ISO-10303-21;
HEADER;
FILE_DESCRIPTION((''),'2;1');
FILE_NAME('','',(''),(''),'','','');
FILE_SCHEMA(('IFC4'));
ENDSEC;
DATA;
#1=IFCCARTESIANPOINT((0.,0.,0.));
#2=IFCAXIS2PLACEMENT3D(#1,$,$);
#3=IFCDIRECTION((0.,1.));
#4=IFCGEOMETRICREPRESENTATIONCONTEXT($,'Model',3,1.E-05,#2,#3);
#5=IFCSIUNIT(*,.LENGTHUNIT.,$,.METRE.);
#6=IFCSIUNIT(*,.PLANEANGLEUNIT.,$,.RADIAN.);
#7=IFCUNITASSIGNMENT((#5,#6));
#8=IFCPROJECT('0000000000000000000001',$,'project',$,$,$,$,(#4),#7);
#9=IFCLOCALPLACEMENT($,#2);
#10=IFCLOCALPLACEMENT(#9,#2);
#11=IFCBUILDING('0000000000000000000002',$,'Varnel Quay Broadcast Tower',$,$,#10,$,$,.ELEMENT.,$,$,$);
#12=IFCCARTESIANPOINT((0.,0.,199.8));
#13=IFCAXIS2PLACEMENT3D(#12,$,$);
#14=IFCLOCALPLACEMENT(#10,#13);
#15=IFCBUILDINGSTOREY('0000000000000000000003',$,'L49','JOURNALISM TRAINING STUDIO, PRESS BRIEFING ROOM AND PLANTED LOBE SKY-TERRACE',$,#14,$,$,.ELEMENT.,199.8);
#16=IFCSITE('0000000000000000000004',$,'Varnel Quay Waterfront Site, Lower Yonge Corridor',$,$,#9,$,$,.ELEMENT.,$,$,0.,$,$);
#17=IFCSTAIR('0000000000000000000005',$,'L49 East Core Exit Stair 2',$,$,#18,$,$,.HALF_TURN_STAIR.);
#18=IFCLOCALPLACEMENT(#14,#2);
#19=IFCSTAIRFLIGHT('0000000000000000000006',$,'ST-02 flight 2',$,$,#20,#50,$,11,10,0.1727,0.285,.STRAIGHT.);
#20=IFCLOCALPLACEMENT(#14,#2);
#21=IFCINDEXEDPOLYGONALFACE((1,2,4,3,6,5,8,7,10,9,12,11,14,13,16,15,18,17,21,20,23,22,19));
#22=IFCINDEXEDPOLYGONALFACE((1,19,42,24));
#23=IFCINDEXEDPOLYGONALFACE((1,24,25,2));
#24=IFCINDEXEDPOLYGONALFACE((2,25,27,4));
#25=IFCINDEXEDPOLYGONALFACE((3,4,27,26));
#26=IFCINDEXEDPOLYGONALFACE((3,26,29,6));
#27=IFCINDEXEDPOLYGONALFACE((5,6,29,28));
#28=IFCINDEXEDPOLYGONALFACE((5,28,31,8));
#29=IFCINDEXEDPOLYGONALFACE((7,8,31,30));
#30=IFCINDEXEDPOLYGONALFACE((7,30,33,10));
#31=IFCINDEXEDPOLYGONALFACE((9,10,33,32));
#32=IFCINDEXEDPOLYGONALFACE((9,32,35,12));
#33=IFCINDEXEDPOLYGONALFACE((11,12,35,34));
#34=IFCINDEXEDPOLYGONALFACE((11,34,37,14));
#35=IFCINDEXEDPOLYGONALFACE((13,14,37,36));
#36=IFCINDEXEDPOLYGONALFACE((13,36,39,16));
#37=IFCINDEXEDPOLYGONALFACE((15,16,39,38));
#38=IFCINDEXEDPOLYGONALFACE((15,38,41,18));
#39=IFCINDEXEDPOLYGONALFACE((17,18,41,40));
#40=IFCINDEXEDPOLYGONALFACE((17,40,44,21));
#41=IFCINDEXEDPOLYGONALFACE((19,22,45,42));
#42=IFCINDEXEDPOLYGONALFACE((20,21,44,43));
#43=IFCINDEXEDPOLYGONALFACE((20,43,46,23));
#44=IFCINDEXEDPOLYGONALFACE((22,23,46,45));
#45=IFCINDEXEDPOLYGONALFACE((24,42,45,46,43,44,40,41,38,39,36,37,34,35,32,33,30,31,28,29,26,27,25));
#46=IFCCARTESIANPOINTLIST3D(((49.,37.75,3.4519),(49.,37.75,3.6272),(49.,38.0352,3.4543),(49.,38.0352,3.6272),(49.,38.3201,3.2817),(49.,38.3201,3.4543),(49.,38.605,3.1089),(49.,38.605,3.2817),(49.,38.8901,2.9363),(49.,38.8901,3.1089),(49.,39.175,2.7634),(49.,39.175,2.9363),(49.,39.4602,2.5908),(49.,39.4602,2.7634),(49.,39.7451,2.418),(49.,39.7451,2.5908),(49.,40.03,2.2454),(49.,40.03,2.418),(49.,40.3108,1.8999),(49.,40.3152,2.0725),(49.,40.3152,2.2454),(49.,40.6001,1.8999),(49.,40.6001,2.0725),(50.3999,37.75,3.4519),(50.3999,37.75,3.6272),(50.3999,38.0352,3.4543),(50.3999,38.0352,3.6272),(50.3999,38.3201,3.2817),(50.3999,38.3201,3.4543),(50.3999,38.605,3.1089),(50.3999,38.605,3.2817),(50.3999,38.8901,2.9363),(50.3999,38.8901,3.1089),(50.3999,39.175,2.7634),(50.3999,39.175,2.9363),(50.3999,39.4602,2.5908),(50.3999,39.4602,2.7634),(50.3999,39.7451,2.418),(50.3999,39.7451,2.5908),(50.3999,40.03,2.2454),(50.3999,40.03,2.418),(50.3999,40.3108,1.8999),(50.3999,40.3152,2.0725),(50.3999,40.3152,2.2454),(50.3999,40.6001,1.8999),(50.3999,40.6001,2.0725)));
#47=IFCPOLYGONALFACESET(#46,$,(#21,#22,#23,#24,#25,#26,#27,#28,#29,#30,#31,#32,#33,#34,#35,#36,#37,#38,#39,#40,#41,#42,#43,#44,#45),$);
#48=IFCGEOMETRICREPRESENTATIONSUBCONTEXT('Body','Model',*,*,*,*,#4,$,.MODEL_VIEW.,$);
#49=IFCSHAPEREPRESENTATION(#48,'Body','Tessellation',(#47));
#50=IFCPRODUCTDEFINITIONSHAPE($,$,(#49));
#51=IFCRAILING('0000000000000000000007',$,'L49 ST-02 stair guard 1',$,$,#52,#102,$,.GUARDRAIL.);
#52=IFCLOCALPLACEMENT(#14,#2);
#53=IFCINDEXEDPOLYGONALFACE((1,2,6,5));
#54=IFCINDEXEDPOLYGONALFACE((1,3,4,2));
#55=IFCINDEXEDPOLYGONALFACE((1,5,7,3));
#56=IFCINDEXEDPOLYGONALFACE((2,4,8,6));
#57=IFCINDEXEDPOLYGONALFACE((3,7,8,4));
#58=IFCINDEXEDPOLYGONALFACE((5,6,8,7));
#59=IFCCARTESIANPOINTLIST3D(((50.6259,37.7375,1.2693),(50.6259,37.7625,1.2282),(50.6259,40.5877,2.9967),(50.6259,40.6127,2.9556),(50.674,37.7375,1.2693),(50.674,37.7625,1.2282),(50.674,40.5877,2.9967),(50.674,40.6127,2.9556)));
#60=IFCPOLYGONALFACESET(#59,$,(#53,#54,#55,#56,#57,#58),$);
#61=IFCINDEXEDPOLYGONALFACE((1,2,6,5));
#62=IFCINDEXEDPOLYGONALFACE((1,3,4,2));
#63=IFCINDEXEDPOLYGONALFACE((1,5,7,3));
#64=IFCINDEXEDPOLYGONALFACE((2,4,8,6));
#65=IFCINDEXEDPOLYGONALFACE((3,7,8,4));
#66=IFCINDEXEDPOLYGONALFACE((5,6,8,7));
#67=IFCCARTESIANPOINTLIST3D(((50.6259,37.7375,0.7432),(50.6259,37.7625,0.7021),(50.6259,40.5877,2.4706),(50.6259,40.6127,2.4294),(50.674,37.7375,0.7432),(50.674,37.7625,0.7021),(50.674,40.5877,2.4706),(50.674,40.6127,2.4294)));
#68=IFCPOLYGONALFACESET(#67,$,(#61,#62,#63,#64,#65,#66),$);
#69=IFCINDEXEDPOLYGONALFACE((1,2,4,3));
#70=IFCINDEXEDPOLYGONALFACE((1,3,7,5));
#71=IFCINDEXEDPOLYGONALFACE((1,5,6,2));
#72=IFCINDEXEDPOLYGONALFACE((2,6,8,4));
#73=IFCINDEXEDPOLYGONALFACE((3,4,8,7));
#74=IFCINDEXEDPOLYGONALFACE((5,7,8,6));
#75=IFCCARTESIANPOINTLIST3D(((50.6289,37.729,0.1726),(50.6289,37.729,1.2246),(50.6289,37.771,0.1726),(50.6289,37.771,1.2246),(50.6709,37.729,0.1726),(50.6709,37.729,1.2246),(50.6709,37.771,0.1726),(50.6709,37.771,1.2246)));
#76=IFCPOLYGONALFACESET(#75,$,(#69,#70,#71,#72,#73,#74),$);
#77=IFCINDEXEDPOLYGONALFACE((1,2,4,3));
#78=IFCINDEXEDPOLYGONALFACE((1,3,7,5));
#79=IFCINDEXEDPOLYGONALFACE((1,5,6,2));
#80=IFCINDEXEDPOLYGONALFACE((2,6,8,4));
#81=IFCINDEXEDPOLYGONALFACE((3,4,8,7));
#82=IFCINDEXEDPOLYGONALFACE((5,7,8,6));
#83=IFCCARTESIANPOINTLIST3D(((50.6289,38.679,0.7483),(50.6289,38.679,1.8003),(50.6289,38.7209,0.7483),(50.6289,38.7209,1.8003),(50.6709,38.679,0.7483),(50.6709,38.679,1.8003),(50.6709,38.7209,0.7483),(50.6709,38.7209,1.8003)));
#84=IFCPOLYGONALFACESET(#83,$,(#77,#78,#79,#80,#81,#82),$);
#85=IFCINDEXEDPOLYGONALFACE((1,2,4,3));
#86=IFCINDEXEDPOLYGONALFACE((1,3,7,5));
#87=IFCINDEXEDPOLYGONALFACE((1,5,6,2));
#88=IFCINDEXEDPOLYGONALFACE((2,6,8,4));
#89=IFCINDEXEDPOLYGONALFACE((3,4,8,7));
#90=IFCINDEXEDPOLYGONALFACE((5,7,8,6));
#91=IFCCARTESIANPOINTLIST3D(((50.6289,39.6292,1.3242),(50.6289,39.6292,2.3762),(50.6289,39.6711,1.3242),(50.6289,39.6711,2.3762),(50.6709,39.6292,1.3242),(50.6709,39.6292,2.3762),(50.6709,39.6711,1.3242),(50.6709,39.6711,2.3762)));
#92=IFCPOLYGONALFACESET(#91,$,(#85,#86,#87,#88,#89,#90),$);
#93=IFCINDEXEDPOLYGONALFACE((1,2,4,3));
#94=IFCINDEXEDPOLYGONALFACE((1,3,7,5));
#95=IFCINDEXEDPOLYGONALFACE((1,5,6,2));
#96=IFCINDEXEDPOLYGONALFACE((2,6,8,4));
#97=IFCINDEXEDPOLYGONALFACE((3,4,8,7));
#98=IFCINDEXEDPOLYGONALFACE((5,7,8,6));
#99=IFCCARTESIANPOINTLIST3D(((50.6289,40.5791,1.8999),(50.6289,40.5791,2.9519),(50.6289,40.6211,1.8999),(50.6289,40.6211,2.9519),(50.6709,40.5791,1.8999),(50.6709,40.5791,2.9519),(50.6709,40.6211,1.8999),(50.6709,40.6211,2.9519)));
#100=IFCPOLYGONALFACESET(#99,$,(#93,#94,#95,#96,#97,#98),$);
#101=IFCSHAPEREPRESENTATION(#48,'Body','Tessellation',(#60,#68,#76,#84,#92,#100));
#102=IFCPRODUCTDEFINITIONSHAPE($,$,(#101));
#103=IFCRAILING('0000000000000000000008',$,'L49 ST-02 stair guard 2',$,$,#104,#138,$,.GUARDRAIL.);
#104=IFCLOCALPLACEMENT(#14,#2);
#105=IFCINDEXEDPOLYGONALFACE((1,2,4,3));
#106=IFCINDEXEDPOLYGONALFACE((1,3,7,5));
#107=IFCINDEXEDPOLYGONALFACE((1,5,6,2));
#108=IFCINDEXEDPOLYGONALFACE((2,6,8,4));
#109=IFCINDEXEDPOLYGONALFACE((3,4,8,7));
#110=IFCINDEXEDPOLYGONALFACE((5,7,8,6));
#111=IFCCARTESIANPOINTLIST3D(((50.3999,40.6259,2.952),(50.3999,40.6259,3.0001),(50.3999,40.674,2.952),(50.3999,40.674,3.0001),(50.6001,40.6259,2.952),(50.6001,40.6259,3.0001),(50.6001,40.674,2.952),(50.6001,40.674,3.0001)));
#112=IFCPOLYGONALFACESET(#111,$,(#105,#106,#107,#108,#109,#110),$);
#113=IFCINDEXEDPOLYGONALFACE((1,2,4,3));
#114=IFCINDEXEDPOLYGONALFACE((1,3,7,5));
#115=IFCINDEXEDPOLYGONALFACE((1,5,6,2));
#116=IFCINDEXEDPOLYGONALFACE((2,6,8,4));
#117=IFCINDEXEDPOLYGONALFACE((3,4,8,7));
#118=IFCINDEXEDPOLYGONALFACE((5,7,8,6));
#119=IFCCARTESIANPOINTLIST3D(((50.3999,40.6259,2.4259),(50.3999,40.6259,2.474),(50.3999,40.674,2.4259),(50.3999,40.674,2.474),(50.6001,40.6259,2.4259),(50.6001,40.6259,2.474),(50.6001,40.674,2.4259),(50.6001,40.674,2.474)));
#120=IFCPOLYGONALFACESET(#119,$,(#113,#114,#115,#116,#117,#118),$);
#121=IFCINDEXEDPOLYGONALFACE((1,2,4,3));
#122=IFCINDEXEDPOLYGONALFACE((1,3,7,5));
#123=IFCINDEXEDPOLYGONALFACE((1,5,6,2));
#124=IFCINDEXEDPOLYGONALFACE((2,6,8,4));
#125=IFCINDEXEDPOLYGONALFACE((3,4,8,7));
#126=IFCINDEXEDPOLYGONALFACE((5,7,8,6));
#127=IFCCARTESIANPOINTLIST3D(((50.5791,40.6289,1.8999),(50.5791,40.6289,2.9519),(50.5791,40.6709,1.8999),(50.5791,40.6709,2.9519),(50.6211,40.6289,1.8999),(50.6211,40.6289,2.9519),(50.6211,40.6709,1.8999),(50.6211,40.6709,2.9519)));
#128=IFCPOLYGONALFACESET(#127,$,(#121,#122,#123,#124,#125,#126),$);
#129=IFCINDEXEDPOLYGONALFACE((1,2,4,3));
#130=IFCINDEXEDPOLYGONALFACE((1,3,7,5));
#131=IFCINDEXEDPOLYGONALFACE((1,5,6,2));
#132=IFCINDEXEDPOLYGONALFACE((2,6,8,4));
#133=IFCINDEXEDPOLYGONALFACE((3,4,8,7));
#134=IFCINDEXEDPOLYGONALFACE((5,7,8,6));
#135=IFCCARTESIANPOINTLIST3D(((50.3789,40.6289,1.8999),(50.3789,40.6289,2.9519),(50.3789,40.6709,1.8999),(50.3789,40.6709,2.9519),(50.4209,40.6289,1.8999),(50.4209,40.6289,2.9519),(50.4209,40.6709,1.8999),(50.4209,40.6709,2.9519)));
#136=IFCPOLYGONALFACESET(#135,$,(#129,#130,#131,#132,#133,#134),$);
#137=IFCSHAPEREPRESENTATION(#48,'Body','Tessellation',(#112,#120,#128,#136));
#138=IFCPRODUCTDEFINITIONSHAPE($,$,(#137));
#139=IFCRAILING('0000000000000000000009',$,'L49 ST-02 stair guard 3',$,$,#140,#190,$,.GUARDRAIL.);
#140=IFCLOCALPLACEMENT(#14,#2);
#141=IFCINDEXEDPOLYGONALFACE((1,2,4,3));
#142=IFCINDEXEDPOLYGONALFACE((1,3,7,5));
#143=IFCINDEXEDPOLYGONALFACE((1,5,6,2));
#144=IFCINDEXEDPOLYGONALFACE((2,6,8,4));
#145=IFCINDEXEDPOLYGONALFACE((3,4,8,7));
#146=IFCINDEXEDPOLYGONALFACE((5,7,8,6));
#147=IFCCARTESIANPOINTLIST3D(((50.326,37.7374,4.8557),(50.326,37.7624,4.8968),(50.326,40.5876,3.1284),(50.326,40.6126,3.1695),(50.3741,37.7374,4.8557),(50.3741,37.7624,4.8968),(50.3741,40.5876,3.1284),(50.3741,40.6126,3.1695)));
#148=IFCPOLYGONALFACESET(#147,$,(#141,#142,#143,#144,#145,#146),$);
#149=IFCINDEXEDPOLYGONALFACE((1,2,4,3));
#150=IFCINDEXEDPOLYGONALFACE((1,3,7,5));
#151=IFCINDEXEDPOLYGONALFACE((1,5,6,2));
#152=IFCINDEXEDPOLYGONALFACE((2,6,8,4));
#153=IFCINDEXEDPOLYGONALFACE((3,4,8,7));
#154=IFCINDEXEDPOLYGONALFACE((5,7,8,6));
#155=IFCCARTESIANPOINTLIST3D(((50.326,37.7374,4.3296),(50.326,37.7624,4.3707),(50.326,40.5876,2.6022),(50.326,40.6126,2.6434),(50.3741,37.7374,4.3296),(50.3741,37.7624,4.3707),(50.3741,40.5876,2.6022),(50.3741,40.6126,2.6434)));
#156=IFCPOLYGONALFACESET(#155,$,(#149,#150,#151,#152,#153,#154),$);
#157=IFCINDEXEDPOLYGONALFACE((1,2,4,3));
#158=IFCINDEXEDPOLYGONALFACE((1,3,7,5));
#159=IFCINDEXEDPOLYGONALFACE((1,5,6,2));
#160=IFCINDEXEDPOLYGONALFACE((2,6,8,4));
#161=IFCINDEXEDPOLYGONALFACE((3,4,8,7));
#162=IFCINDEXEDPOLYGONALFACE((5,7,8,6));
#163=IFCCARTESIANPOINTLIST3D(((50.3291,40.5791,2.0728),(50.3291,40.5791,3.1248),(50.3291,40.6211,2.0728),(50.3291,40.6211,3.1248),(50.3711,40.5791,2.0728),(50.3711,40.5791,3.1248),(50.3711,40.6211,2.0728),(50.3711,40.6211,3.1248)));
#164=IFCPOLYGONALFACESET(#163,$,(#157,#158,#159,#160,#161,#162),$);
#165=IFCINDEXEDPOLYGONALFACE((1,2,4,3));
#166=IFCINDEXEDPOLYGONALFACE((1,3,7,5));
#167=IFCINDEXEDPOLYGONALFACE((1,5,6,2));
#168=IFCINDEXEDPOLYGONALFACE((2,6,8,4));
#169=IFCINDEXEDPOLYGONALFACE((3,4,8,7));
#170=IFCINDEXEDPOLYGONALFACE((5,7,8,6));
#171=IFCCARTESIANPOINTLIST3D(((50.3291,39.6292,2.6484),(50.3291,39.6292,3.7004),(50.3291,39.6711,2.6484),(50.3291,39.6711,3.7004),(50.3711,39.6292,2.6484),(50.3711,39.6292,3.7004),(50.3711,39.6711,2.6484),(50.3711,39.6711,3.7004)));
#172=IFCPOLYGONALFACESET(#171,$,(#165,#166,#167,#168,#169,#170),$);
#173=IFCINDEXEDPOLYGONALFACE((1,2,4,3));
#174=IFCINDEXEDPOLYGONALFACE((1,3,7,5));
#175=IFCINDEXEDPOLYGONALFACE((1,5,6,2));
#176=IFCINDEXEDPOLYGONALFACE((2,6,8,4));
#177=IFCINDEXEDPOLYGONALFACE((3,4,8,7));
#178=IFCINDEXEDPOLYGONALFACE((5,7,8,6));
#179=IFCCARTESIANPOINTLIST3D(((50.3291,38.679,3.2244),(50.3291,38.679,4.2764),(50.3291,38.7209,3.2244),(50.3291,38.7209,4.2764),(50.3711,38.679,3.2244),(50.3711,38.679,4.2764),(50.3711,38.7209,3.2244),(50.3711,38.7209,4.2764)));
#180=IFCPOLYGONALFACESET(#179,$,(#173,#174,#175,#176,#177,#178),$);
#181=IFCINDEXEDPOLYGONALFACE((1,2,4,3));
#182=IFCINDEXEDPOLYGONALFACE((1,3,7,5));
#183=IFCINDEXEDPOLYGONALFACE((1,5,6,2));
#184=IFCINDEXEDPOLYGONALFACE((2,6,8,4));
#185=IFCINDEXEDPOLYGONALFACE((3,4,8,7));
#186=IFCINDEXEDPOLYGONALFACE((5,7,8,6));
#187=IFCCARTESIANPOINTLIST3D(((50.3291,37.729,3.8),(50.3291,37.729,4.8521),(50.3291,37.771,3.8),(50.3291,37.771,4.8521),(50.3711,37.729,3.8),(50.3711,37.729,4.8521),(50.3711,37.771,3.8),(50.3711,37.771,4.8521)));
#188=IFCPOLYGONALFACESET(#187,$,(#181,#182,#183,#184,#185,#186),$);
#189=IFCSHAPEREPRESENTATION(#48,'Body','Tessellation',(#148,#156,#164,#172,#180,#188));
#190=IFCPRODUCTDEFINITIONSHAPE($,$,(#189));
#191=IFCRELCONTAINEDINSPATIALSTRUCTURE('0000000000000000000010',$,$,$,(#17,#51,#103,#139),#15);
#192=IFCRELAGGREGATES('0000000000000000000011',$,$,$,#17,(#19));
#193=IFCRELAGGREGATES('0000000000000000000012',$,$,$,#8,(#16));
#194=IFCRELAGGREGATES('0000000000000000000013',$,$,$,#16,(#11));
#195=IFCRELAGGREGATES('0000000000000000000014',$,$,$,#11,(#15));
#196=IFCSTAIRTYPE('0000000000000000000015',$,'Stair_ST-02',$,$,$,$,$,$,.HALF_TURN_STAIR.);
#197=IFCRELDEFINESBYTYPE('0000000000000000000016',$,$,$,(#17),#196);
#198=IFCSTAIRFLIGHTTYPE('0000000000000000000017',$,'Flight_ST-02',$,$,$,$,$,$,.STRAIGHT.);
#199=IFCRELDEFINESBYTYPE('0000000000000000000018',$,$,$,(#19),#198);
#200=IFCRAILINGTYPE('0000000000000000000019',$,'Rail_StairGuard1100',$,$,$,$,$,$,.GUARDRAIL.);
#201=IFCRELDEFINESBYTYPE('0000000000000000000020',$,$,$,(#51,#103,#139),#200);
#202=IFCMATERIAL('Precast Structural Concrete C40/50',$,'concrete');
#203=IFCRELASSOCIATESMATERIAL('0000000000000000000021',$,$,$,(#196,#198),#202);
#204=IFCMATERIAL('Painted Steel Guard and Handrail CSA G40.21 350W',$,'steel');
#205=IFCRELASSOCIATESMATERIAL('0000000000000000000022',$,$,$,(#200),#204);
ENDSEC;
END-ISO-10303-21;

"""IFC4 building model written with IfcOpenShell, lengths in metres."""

from ifc_helpers import new_model, si_unit, direction, frame, origin, origin_2d, place, context, subcontext, project, spatial, polyline, rectangle, outline, extrude, material, type_object, element, aggregate, save


model = new_model("IFC4")

# Units and contexts
model_context = context("Model", 3, precision=1e-05, world=origin(), true_north=direction((0.0, 1.0)))
body_context = subcontext(model_context, "Body", "Model", "MODEL_VIEW")
ifc_project = project(units=[si_unit("LENGTHUNIT", "METRE"), si_unit("PLANEANGLEUNIT", "RADIAN")], contexts=[model_context])

# Site, building, storey
site_placement = place(None, origin())
site = spatial("IfcSite", under=ifc_project, at=site_placement, Name="Varnel Quay Waterfront Site, Lower Yonge Corridor", CompositionType="ELEMENT", RefElevation=0.0)
building_placement = place(site_placement, origin())
building = spatial("IfcBuilding", under=site, at=building_placement, Name="Varnel Quay Broadcast Tower", CompositionType="ELEMENT")
storey_placement = place(building_placement, frame((0.0, 0.0, 199.8)))
storey = spatial("IfcBuildingStorey", under=building, at=storey_placement, Name="L49", Description="JOURNALISM TRAINING STUDIO, PRESS BRIEFING ROOM AND PLANTED LOBE SKY-TERRACE", CompositionType="ELEMENT", Elevation=199.8)

# Stair, stair flight
ifc_material_1 = material(Name="Precast Structural Concrete C40/50", Category="concrete")
stair_type = type_object("IfcStairType", Name="Stair_ST-02", PredefinedType="HALF_TURN_STAIR", material=ifc_material_1)
stair_placement = place(storey_placement, origin())
stair = element("IfcStair", 1, at=stair_placement, inside=storey, type_object=stair_type, Name="L49 East Core Exit Stair 2", PredefinedType="HALF_TURN_STAIR")
stair_flight_type = type_object("IfcStairFlightType", Name="Flight_ST-02", PredefinedType="STRAIGHT", material=ifc_material_1)
stair_flight_1_placement = place(storey_placement, frame((49.7, 40.6001, 1.8999), z_axis=(0.0, 0.0, 1.0), x_axis=(0.0, -1.0, 0.0)))
stair_flight_1 = element("IfcStairFlight", 2, at=stair_flight_1_placement, type_object=stair_flight_type, Name="ST-02 flight 2", NumberOfRisers=11, NumberOfTreads=10, PredefinedType="STRAIGHT", RiserHeight=0.1727, TreadLength=0.285, context=body_context, shape_type="SweptSolid", body=[
    extrude(outline(polyline([(0.0, 0.0), (0.0, 0.1726), (0.2849, 0.1726), (0.2849, 0.3455), (0.5701, 0.3455), (0.5701, 0.5181), (0.855, 0.5181), (0.855, 0.6909), (1.1399, 0.6909), (1.1399, 0.8635), (1.425, 0.8635), (1.425, 1.0364), (1.71, 1.0364), (1.71, 1.209), (1.9951, 1.209), (1.9951, 1.3818), (2.28, 1.3818), (2.28, 1.5544), (2.5649, 1.5544), (2.5649, 1.7273), (2.8501, 1.7273), (2.8501, 1.8999), (2.8501, 1.552), (0.2893, 0.0), (0.0, 0.0)])), frame((0.0, 0.7, 0.0), z_axis=(0.0, -1.0, 0.0), x_axis=(1.0, 0.0, 0.0)), (0.0, 0.0, 1.0), 1.3999),
])
aggregate(stair, [stair_flight_1])

# Railings
ifc_material_2 = material(Name="Painted Steel Guard and Handrail CSA G40.21 350W", Category="steel")
railing_type_1 = type_object("IfcRailingType", Name="Rail_StairGuard1100", PredefinedType="GUARDRAIL", material=ifc_material_2)
railing_1_placement = place(storey_placement, frame((50.6499, 37.75, 0.1726)))
element("IfcRailing", 3, at=railing_1_placement, inside=storey, type_object=railing_type_1, Name="L49 ST-02 stair guard 1", PredefinedType="GUARDRAIL", context=body_context, shape_type="SweptSolid", body=[
    extrude(rectangle(XDim=0.0481, YDim=0.0481, at=origin_2d()), frame((0.0, 0.0, 1.0762), z_axis=(0.0, 0.855203, 0.518294), x_axis=(-1.0, 0.0, 0.0)), (0.0, 0.0, 1.0), 3.3328),
    extrude(rectangle(XDim=0.0481, YDim=0.0481, at=origin_2d()), frame((0.0, 0.0, 0.55), z_axis=(0.0, 0.855203, 0.518294), x_axis=(-1.0, 0.0, 0.0)), (0.0, 0.0, 1.0), 3.3328),
    extrude(rectangle(XDim=0.042, YDim=0.042, at=origin_2d()), origin(), (0.0, 0.0, 1.0), 1.052),
    extrude(rectangle(XDim=0.042, YDim=0.042, at=origin_2d()), frame((0.0, 0.95, 0.5757)), (0.0, 0.0, 1.0), 1.052),
    extrude(rectangle(XDim=0.042, YDim=0.042, at=origin_2d()), frame((0.0, 1.9001, 1.1516)), (0.0, 0.0, 1.0), 1.052),
    extrude(rectangle(XDim=0.042, YDim=0.042, at=origin_2d()), frame((0.0, 2.8501, 1.7273)), (0.0, 0.0, 1.0), 1.052),
])
railing_2_placement = place(storey_placement, frame((50.6001, 40.6499, 1.8999)))
element("IfcRailing", 4, at=railing_2_placement, inside=storey, type_object=railing_type_1, Name="L49 ST-02 stair guard 2", PredefinedType="GUARDRAIL", context=body_context, shape_type="SweptSolid", body=[
    extrude(rectangle(XDim=0.0481, YDim=0.0481, at=origin_2d()), frame((0.0, 0.0, 1.0762), z_axis=(-1.0, 0.0, 0.0), x_axis=(0.0, -1.0, 0.0)), (0.0, 0.0, 1.0), 0.2002),
    extrude(rectangle(XDim=0.0481, YDim=0.0481, at=origin_2d()), frame((0.0, 0.0, 0.55), z_axis=(-1.0, 0.0, 0.0), x_axis=(0.0, -1.0, 0.0)), (0.0, 0.0, 1.0), 0.2002),
    extrude(rectangle(XDim=0.042, YDim=0.042, at=origin_2d()), origin(), (0.0, 0.0, 1.0), 1.052),
    extrude(rectangle(XDim=0.042, YDim=0.042, at=origin_2d()), frame((-0.2002, 0.0, 0.0)), (0.0, 0.0, 1.0), 1.052),
])
railing_3_placement = place(storey_placement, frame((50.3501, 40.6001, 2.0728)))
element("IfcRailing", 5, at=railing_3_placement, inside=storey, type_object=railing_type_1, Name="L49 ST-02 stair guard 3", PredefinedType="GUARDRAIL", context=body_context, shape_type="SweptSolid", body=[
    extrude(rectangle(XDim=0.0481, YDim=0.0481, at=origin_2d()), frame((0.0, 0.0, 1.0762), z_axis=(0.0, -0.855203, 0.518294), x_axis=(1.0, 0.0, 0.0)), (0.0, 0.0, 1.0), 3.3328),
    extrude(rectangle(XDim=0.0481, YDim=0.0481, at=origin_2d()), frame((0.0, 0.0, 0.55), z_axis=(0.0, -0.855203, 0.518294), x_axis=(1.0, 0.0, 0.0)), (0.0, 0.0, 1.0), 3.3328),
    extrude(rectangle(XDim=0.042, YDim=0.042, at=origin_2d()), origin(), (0.0, 0.0, 1.0), 1.052),
    extrude(rectangle(XDim=0.042, YDim=0.042, at=origin_2d()), frame((0.0, -0.95, 0.5757)), (0.0, 0.0, 1.0), 1.052),
    extrude(rectangle(XDim=0.042, YDim=0.042, at=origin_2d()), frame((0.0, -1.9001, 1.1516)), (0.0, 0.0, 1.0), 1.052),
    extrude(rectangle(XDim=0.042, YDim=0.042, at=origin_2d()), frame((0.0, -2.8501, 1.7273)), (0.0, 0.0, 1.0), 1.052),
])

save(model, "model.ifc")
